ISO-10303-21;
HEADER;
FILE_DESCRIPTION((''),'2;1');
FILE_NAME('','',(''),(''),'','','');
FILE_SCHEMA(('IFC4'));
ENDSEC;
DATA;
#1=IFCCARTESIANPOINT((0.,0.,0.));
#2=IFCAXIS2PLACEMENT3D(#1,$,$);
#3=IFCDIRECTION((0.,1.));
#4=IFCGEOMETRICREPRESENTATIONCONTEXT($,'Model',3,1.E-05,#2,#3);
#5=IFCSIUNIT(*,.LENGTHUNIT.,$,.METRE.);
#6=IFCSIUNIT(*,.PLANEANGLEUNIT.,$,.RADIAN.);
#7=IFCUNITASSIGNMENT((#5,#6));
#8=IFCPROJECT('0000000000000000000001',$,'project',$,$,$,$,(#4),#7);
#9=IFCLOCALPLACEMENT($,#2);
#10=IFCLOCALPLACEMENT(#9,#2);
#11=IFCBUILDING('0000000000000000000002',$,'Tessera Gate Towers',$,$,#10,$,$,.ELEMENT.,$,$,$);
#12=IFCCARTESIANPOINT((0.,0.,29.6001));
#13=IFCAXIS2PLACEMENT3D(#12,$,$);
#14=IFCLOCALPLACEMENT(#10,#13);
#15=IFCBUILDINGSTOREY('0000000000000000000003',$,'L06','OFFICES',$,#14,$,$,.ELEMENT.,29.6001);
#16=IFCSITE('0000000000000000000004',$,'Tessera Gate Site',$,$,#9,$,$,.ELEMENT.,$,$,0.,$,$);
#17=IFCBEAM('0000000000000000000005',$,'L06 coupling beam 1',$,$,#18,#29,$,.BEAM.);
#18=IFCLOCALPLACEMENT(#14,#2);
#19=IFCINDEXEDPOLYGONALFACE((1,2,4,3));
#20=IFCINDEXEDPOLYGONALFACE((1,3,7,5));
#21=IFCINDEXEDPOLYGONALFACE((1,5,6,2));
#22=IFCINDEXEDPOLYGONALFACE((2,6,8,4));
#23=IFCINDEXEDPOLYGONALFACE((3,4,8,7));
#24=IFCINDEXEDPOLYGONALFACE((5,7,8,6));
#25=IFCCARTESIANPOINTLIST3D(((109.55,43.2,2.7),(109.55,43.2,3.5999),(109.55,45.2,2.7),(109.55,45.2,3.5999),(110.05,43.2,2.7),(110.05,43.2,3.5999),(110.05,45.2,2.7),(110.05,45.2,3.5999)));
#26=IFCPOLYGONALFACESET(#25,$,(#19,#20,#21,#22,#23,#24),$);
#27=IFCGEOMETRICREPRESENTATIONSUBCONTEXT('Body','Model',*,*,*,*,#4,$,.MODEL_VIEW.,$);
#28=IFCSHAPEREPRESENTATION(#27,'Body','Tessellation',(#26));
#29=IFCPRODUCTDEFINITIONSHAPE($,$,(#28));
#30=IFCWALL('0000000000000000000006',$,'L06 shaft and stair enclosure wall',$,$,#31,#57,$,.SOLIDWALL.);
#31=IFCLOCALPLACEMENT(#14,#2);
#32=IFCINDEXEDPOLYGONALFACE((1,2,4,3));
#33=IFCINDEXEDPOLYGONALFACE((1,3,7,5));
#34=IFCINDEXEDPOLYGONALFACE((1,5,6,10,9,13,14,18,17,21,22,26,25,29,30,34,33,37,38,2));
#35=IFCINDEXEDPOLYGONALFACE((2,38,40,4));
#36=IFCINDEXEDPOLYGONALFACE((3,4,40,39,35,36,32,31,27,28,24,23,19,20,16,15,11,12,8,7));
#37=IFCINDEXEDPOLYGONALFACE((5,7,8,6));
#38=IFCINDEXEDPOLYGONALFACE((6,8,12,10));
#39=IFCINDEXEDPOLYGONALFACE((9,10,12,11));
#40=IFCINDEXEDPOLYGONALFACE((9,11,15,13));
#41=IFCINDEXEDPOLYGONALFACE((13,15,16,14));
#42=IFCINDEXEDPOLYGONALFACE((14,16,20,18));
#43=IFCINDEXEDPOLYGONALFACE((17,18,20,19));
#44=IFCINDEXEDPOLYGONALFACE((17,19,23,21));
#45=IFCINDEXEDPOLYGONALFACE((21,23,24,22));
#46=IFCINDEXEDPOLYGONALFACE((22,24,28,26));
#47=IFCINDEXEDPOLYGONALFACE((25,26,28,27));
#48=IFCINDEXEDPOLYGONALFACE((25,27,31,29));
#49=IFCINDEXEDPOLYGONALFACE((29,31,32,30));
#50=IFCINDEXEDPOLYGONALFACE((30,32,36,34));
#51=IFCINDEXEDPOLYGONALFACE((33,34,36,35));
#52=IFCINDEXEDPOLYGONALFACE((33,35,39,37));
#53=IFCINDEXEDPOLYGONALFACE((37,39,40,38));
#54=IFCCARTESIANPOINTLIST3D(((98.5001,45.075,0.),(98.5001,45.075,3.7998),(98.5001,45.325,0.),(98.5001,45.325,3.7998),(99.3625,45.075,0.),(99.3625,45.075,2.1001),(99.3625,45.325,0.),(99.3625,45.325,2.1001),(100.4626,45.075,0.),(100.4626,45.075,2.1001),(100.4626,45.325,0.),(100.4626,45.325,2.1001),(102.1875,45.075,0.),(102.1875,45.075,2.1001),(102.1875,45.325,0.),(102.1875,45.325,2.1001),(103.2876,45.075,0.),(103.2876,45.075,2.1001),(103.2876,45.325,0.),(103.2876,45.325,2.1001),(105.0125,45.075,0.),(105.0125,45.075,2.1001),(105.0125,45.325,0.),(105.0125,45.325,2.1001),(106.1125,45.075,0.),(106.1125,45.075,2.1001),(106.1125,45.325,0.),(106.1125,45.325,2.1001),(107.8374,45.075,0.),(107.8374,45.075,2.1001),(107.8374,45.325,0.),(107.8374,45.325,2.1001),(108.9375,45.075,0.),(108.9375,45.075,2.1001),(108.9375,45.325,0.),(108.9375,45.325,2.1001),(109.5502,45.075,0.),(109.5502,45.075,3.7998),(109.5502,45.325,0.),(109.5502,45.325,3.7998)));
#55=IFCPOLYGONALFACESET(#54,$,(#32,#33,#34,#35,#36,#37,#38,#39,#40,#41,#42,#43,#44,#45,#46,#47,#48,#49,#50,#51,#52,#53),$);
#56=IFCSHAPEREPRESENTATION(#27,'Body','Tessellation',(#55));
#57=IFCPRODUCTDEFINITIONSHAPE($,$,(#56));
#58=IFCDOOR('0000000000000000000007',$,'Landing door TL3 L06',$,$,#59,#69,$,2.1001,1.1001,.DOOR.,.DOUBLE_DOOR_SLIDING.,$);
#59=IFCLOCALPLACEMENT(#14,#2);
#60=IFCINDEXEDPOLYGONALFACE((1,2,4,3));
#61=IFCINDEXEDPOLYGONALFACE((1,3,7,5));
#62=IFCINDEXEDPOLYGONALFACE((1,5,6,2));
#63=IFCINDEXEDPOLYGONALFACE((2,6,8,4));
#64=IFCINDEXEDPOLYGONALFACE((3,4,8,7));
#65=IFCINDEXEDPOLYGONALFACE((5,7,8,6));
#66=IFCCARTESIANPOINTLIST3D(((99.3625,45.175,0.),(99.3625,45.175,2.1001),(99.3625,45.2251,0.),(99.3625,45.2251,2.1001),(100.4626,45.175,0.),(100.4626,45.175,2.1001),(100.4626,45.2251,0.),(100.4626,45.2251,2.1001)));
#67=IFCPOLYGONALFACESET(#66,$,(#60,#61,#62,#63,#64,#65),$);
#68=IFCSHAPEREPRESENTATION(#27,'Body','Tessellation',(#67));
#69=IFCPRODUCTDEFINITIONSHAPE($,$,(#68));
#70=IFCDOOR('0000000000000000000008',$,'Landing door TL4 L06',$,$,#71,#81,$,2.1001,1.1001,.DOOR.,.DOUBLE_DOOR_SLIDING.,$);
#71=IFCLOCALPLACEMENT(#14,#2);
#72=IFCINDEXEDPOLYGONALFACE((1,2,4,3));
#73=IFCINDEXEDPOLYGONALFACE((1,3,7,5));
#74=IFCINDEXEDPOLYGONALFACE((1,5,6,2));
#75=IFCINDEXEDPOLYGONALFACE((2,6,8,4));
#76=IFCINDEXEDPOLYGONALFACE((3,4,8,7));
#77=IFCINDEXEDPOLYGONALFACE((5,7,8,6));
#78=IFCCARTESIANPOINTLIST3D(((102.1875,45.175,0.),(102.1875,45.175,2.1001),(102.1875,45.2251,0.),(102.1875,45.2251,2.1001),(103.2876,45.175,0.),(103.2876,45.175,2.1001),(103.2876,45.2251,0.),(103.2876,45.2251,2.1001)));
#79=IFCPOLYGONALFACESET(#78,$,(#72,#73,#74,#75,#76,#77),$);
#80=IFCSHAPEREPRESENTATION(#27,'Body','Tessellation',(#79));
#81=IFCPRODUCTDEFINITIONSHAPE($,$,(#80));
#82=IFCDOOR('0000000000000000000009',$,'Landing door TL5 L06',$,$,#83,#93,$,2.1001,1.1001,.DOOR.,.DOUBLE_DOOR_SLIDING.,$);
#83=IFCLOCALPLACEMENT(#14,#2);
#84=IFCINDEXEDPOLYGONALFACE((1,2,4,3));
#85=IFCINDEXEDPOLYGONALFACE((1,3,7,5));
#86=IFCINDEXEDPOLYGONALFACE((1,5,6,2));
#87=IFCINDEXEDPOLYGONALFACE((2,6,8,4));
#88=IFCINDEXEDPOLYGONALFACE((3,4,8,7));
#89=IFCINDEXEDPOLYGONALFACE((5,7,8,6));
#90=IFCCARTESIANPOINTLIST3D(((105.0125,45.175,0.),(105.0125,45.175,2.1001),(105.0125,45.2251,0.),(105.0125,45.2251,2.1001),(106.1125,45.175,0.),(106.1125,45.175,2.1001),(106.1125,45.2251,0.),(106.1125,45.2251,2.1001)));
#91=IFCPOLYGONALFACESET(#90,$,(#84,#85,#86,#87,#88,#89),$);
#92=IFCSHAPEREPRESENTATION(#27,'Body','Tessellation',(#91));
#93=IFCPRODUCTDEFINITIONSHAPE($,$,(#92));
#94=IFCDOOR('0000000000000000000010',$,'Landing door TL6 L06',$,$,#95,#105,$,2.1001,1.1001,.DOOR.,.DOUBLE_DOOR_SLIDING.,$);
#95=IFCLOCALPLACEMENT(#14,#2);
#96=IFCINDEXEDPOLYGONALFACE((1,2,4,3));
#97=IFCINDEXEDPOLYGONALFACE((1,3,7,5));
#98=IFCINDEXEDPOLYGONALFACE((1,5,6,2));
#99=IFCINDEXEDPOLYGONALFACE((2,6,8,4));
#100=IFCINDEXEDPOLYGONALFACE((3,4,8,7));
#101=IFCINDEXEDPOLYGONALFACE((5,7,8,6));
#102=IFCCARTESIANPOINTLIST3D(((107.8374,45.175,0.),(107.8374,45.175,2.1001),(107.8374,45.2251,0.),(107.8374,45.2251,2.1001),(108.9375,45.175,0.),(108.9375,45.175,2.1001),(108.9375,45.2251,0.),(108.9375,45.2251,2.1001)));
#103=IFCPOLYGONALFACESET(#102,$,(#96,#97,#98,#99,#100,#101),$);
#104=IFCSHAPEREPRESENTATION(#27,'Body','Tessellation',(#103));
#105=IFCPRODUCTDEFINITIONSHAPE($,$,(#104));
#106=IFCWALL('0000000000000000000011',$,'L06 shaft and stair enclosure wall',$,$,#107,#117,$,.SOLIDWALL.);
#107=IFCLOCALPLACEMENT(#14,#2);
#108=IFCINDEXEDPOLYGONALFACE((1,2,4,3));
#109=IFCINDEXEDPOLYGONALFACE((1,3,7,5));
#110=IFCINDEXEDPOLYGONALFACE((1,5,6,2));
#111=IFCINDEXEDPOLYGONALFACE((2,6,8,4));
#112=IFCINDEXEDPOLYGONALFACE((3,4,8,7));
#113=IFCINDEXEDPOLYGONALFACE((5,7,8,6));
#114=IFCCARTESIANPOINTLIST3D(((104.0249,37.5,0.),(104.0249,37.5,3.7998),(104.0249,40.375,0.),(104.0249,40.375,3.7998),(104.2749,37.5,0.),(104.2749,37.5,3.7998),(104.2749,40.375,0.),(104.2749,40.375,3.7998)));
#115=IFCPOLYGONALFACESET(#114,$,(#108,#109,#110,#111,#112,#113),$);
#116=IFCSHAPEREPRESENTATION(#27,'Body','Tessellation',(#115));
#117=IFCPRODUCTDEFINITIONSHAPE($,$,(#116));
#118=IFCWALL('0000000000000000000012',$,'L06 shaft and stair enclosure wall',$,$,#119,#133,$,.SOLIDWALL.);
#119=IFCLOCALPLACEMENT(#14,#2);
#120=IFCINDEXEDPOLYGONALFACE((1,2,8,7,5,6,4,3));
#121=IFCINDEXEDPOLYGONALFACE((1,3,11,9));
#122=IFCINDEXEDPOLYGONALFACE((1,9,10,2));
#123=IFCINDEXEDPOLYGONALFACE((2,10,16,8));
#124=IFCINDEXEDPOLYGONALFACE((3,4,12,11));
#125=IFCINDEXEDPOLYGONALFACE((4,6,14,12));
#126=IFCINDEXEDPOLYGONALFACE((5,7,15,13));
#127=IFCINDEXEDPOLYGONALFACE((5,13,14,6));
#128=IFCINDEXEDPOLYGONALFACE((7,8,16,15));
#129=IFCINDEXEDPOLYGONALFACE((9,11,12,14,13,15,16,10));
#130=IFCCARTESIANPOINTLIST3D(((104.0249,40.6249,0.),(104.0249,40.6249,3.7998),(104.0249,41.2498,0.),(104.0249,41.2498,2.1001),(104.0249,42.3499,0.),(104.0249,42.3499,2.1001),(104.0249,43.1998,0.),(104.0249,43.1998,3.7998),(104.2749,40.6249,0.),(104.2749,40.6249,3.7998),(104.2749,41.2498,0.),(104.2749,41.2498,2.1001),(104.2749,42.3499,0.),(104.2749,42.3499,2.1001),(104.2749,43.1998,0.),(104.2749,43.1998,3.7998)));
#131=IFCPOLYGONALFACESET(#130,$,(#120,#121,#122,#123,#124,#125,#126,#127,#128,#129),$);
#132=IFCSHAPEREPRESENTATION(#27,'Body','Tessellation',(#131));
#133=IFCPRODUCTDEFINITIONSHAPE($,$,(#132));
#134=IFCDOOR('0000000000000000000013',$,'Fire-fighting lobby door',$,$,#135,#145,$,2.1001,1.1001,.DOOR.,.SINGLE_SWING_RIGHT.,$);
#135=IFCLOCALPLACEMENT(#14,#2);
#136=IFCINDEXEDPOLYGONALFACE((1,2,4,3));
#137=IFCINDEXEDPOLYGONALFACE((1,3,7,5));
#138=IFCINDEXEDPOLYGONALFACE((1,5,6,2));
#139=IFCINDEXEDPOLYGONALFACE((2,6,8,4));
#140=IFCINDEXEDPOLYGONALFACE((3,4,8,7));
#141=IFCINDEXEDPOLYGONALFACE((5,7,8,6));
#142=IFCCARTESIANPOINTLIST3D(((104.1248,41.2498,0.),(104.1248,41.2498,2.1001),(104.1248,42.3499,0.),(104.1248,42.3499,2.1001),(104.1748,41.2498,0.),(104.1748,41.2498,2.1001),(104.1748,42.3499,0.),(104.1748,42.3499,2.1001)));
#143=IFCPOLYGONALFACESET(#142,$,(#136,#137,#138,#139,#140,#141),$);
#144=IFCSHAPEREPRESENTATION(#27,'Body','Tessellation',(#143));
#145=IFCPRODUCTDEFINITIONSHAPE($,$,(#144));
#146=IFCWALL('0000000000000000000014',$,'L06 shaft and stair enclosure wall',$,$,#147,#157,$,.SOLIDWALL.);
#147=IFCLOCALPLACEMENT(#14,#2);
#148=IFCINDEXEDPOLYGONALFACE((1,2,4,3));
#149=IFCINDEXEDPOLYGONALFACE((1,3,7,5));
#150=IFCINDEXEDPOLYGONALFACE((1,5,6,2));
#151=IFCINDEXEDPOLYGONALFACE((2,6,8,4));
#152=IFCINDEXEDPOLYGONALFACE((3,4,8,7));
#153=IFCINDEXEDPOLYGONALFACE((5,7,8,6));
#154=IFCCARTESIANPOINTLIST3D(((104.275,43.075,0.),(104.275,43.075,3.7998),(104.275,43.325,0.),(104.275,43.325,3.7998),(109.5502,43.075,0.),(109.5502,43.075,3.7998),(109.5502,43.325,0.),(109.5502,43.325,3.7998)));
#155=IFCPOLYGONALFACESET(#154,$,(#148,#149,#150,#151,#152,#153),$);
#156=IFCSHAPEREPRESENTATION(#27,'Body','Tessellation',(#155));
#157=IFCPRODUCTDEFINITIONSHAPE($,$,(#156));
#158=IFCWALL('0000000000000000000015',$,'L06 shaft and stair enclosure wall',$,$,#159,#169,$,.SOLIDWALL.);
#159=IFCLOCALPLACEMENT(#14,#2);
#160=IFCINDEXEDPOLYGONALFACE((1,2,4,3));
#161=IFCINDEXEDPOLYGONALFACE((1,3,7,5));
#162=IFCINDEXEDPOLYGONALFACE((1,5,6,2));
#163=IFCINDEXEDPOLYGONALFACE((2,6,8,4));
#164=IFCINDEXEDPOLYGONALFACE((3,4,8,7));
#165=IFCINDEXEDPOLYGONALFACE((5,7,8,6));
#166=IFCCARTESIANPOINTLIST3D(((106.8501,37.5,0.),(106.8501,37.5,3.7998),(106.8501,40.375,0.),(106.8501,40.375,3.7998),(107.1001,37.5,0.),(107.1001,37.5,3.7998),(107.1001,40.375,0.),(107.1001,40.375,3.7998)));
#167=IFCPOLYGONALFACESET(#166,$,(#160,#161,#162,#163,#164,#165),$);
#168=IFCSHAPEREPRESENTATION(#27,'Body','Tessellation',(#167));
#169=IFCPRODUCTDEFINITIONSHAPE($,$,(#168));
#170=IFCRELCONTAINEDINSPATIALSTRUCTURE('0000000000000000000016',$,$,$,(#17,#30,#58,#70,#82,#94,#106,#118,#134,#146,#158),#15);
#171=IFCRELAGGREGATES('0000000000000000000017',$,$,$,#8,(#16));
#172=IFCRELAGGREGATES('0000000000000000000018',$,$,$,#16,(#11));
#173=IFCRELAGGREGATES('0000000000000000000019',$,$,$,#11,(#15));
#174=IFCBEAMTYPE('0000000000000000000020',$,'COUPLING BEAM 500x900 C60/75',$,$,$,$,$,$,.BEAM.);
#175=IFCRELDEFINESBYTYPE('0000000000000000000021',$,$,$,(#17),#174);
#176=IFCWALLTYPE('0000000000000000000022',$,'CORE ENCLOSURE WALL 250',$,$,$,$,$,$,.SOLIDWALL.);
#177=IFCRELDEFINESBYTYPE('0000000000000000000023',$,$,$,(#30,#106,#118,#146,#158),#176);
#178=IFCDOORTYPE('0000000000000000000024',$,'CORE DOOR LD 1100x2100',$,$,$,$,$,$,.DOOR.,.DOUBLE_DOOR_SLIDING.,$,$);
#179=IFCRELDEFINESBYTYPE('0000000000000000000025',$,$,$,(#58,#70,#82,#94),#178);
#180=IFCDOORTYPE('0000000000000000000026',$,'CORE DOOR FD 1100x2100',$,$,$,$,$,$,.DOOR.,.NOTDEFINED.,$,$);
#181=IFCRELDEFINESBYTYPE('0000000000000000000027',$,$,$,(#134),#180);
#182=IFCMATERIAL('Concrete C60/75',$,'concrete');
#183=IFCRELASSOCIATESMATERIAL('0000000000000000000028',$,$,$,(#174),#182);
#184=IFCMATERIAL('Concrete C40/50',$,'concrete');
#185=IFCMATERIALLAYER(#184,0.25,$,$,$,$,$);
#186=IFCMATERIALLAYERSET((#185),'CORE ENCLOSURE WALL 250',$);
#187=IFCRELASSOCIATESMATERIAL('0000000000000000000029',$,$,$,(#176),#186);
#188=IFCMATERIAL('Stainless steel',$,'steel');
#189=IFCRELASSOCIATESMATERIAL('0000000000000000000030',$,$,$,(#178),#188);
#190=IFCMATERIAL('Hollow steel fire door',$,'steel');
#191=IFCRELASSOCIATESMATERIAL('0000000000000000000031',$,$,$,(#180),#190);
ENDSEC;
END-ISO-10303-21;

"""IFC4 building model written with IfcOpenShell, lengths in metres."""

from ifc_helpers import new_model, si_unit, direction, frame, frame_2d, origin, origin_2d, place, context, subcontext, project, spatial, rectangle, extrude, source, transform, mapped, material, layer, layer_set, material_profile, profile_set, type_object, element, fill, save


model = new_model("IFC4")

# Units and contexts
model_context = context("Model", 3, precision=1e-05, world=origin(), true_north=direction((0.0, 1.0)))
body_context = subcontext(model_context, "Body", "Model", "MODEL_VIEW")
ifc_project = project(units=[si_unit("LENGTHUNIT", "METRE"), si_unit("PLANEANGLEUNIT", "RADIAN")], contexts=[model_context])

# Site, building, storey
site_placement = place(None, origin())
site = spatial("IfcSite", under=ifc_project, at=site_placement, Name="Tessera Gate Site", CompositionType="ELEMENT", RefElevation=0.0)
building_placement = place(site_placement, origin())
building = spatial("IfcBuilding", under=site, at=building_placement, Name="Tessera Gate Towers", CompositionType="ELEMENT")
storey_placement = place(building_placement, frame((0.0, 0.0, 29.6001)))
storey = spatial("IfcBuildingStorey", under=building, at=storey_placement, Name="L06", Description="OFFICES", CompositionType="ELEMENT", Elevation=29.6001)

# Beam
ifc_material_1 = material(Name="Concrete C60/75", Category="concrete")
ifc_material_profile = material_profile(ifc_material_1, rectangle(XDim=0.5, YDim=0.8999, at=origin_2d()), Name="RC 500x900")
ifc_profile_set = profile_set([ifc_material_profile], Name="Concrete C60/75")
beam_type = type_object("IfcBeamType", Name="COUPLING BEAM 500x900 C60/75", PredefinedType="BEAM", material=ifc_profile_set)
beam_placement = place(storey_placement, frame((109.8, 43.2, 3.1499), z_axis=(0.0, 1.0, 0.0), x_axis=(-1.0, 0.0, 0.0)))
element("IfcBeam", 1, at=beam_placement, inside=storey, type_object=beam_type, Name="L06 coupling beam 1", PredefinedType="BEAM", context=body_context, shape_type="SweptSolid", body=[
    extrude(rectangle(XDim=0.5, YDim=0.8999, at=origin_2d()), origin(), (0.0, 0.0, 1.0), 2.0),
])

# Wall, openings, doors
ifc_material_2 = material(Name="Concrete C40/50", Category="concrete")
ifc_layer_1 = layer(ifc_material_2, 0.25)
ifc_layer_set_1 = layer_set([ifc_layer_1], Name="CORE ENCLOSURE WALL 250")
wall_type_1 = type_object("IfcWallType", Name="CORE ENCLOSURE WALL 250", PredefinedType="SOLIDWALL", material=ifc_layer_set_1)
wall_1_placement = place(storey_placement, frame((109.55, 45.2, 0.0), z_axis=(0.0, 0.0, 1.0), x_axis=(-1.0, 0.0, 0.0)))
wall_1 = element("IfcWall", 2, at=wall_1_placement, inside=storey, type_object=wall_type_1, Name="L06 shaft and stair enclosure wall", PredefinedType="SOLIDWALL", context=body_context, shape_type="SweptSolid", body=[
    extrude(rectangle(XDim=11.05, YDim=0.25, at=frame_2d((5.5249, 0.0))), origin(), (0.0, 0.0, 1.0), 3.7998),
])
shared_shape_1 = source(origin(), body_context, "Body", "SweptSolid", [
    extrude(rectangle(XDim=1.1001, YDim=2.1001, at=frame_2d((0.55, 1.05))), frame((0.0, 0.135, 0.0), z_axis=(0.0, -1.0, 0.0), x_axis=(1.0, 0.0, 0.0)), (0.0, 0.0, 1.0), 0.27),
])
opening_1_placement = place(wall_1_placement, frame((9.0874, 0.0, 0.0)))
opening_1 = element("IfcOpeningElement", 3, at=opening_1_placement, cuts=wall_1, PredefinedType="OPENING", context=body_context, shape_type="MappedRepresentation", body=[
    mapped(shared_shape_1, transform((0.0, 0.0, 0.0), scale=1.0)),
])
opening_2_placement = place(wall_1_placement, frame((6.2625, 0.0, 0.0)))
opening_2 = element("IfcOpeningElement", 4, at=opening_2_placement, cuts=wall_1, PredefinedType="OPENING", context=body_context, shape_type="MappedRepresentation", body=[
    mapped(shared_shape_1, transform((0.0, 0.0, 0.0), scale=1.0)),
])
opening_3_placement = place(wall_1_placement, frame((3.4375, 0.0, 0.0)))
opening_3 = element("IfcOpeningElement", 5, at=opening_3_placement, cuts=wall_1, PredefinedType="OPENING", context=body_context, shape_type="MappedRepresentation", body=[
    mapped(shared_shape_1, transform((0.0, 0.0, 0.0), scale=1.0)),
])
opening_4_placement = place(wall_1_placement, frame((0.6125, 0.0, 0.0)))
opening_4 = element("IfcOpeningElement", 6, at=opening_4_placement, cuts=wall_1, PredefinedType="OPENING", context=body_context, shape_type="MappedRepresentation", body=[
    mapped(shared_shape_1, transform((0.0, 0.0, 0.0), scale=1.0)),
])
ifc_material_3 = material(Name="Stainless steel", Category="steel")
door_type_1 = type_object("IfcDoorType", Name="CORE DOOR LD 1100x2100", OperationType="DOUBLE_DOOR_SLIDING", PredefinedType="DOOR", material=ifc_material_3)
shared_shape_2 = source(origin(), body_context, "Body", "SweptSolid", [
    extrude(rectangle(XDim=1.1001, YDim=2.1001, at=frame_2d((0.55, 1.05))), frame((0.0, 0.0249, 0.0), z_axis=(0.0, -1.0, 0.0), x_axis=(1.0, 0.0, 0.0)), (0.0, 0.0, 1.0), 0.05),
])
door_1_placement = place(opening_1_placement, origin())
door_1 = element("IfcDoor", 7, at=door_1_placement, inside=storey, type_object=door_type_1, Name="Landing door TL3 L06", OperationType="DOUBLE_DOOR_SLIDING", OverallHeight=2.1001, OverallWidth=1.1001, PredefinedType="DOOR", context=body_context, shape_type="MappedRepresentation", body=[
    mapped(shared_shape_2, transform((0.0, 0.0, 0.0), scale=1.0)),
])
fill(opening_1, door_1)
door_2_placement = place(opening_2_placement, origin())
door_2 = element("IfcDoor", 8, at=door_2_placement, inside=storey, type_object=door_type_1, Name="Landing door TL4 L06", OperationType="DOUBLE_DOOR_SLIDING", OverallHeight=2.1001, OverallWidth=1.1001, PredefinedType="DOOR", context=body_context, shape_type="MappedRepresentation", body=[
    mapped(shared_shape_2, transform((0.0, 0.0, 0.0), scale=1.0)),
])
fill(opening_2, door_2)
door_3_placement = place(opening_3_placement, origin())
door_3 = element("IfcDoor", 9, at=door_3_placement, inside=storey, type_object=door_type_1, Name="Landing door TL5 L06", OperationType="DOUBLE_DOOR_SLIDING", OverallHeight=2.1001, OverallWidth=1.1001, PredefinedType="DOOR", context=body_context, shape_type="MappedRepresentation", body=[
    mapped(shared_shape_2, transform((0.0, 0.0, 0.0), scale=1.0)),
])
fill(opening_3, door_3)
door_4_placement = place(opening_4_placement, origin())
door_4 = element("IfcDoor", 10, at=door_4_placement, inside=storey, type_object=door_type_1, Name="Landing door TL6 L06", OperationType="DOUBLE_DOOR_SLIDING", OverallHeight=2.1001, OverallWidth=1.1001, PredefinedType="DOOR", context=body_context, shape_type="MappedRepresentation", body=[
    mapped(shared_shape_2, transform((0.0, 0.0, 0.0), scale=1.0)),
])
fill(opening_4, door_4)

# Wall
wall_2_placement = place(storey_placement, frame((104.1499, 37.5, 0.0), z_axis=(0.0, 0.0, 1.0), x_axis=(0.0, 1.0, 0.0)))
element("IfcWall", 11, at=wall_2_placement, inside=storey, type_object=wall_type_1, Name="L06 shaft and stair enclosure wall", PredefinedType="SOLIDWALL", context=body_context, shape_type="SweptSolid", body=[
    extrude(rectangle(XDim=2.875, YDim=0.25, at=frame_2d((1.4375, 0.0))), origin(), (0.0, 0.0, 1.0), 3.7998),
])

# Wall, opening, door
wall_3_placement = place(storey_placement, frame((104.1499, 43.2, 0.0), z_axis=(0.0, 0.0, 1.0), x_axis=(0.0, -1.0, 0.0)))
wall_3 = element("IfcWall", 12, at=wall_3_placement, inside=storey, type_object=wall_type_1, Name="L06 shaft and stair enclosure wall", PredefinedType="SOLIDWALL", context=body_context, shape_type="SweptSolid", body=[
    extrude(rectangle(XDim=2.575, YDim=0.25, at=frame_2d((1.2876, 0.0))), origin(), (0.0, 0.0, 1.0), 3.7998),
])
opening_5_placement = place(wall_3_placement, frame((0.8501, 0.0, 0.0)))
opening_5 = element("IfcOpeningElement", 13, at=opening_5_placement, cuts=wall_3, PredefinedType="OPENING", context=body_context, shape_type="MappedRepresentation", body=[
    mapped(shared_shape_1, transform((0.0, 0.0, 0.0), scale=1.0)),
])
ifc_material_4 = material(Name="Hollow steel fire door", Category="steel")
door_type_2 = type_object("IfcDoorType", Name="CORE DOOR FD 1100x2100", OperationType="NOTDEFINED", PredefinedType="DOOR", material=ifc_material_4)
door_5_placement = place(opening_5_placement, origin())
door_5 = element("IfcDoor", 14, at=door_5_placement, inside=storey, type_object=door_type_2, Name="Fire-fighting lobby door", OperationType="SINGLE_SWING_RIGHT", OverallHeight=2.1001, OverallWidth=1.1001, PredefinedType="DOOR", context=body_context, shape_type="MappedRepresentation", body=[
    mapped(shared_shape_2, transform((0.0, 0.0, 0.0), scale=1.0)),
])
fill(opening_5, door_5)

# Walls
wall_4_placement = place(storey_placement, frame((104.2749, 43.2, 0.0), z_axis=(0.0, 0.0, 1.0), x_axis=(1.0, 0.0, 0.0)))
element("IfcWall", 15, at=wall_4_placement, inside=storey, type_object=wall_type_1, Name="L06 shaft and stair enclosure wall", PredefinedType="SOLIDWALL", context=body_context, shape_type="SweptSolid", body=[
    extrude(rectangle(XDim=5.2751, YDim=0.25, at=frame_2d((2.6377, 0.0))), origin(), (0.0, 0.0, 1.0), 3.7998),
])
wall_5_placement = place(storey_placement, frame((106.9751, 37.5, 0.0), z_axis=(0.0, 0.0, 1.0), x_axis=(0.0, 1.0, 0.0)))
element("IfcWall", 16, at=wall_5_placement, inside=storey, type_object=wall_type_1, Name="L06 shaft and stair enclosure wall", PredefinedType="SOLIDWALL", context=body_context, shape_type="SweptSolid", body=[
    extrude(rectangle(XDim=2.875, YDim=0.25, at=frame_2d((1.4375, 0.0))), origin(), (0.0, 0.0, 1.0), 3.7998),
])

save(model, "model.ifc")
